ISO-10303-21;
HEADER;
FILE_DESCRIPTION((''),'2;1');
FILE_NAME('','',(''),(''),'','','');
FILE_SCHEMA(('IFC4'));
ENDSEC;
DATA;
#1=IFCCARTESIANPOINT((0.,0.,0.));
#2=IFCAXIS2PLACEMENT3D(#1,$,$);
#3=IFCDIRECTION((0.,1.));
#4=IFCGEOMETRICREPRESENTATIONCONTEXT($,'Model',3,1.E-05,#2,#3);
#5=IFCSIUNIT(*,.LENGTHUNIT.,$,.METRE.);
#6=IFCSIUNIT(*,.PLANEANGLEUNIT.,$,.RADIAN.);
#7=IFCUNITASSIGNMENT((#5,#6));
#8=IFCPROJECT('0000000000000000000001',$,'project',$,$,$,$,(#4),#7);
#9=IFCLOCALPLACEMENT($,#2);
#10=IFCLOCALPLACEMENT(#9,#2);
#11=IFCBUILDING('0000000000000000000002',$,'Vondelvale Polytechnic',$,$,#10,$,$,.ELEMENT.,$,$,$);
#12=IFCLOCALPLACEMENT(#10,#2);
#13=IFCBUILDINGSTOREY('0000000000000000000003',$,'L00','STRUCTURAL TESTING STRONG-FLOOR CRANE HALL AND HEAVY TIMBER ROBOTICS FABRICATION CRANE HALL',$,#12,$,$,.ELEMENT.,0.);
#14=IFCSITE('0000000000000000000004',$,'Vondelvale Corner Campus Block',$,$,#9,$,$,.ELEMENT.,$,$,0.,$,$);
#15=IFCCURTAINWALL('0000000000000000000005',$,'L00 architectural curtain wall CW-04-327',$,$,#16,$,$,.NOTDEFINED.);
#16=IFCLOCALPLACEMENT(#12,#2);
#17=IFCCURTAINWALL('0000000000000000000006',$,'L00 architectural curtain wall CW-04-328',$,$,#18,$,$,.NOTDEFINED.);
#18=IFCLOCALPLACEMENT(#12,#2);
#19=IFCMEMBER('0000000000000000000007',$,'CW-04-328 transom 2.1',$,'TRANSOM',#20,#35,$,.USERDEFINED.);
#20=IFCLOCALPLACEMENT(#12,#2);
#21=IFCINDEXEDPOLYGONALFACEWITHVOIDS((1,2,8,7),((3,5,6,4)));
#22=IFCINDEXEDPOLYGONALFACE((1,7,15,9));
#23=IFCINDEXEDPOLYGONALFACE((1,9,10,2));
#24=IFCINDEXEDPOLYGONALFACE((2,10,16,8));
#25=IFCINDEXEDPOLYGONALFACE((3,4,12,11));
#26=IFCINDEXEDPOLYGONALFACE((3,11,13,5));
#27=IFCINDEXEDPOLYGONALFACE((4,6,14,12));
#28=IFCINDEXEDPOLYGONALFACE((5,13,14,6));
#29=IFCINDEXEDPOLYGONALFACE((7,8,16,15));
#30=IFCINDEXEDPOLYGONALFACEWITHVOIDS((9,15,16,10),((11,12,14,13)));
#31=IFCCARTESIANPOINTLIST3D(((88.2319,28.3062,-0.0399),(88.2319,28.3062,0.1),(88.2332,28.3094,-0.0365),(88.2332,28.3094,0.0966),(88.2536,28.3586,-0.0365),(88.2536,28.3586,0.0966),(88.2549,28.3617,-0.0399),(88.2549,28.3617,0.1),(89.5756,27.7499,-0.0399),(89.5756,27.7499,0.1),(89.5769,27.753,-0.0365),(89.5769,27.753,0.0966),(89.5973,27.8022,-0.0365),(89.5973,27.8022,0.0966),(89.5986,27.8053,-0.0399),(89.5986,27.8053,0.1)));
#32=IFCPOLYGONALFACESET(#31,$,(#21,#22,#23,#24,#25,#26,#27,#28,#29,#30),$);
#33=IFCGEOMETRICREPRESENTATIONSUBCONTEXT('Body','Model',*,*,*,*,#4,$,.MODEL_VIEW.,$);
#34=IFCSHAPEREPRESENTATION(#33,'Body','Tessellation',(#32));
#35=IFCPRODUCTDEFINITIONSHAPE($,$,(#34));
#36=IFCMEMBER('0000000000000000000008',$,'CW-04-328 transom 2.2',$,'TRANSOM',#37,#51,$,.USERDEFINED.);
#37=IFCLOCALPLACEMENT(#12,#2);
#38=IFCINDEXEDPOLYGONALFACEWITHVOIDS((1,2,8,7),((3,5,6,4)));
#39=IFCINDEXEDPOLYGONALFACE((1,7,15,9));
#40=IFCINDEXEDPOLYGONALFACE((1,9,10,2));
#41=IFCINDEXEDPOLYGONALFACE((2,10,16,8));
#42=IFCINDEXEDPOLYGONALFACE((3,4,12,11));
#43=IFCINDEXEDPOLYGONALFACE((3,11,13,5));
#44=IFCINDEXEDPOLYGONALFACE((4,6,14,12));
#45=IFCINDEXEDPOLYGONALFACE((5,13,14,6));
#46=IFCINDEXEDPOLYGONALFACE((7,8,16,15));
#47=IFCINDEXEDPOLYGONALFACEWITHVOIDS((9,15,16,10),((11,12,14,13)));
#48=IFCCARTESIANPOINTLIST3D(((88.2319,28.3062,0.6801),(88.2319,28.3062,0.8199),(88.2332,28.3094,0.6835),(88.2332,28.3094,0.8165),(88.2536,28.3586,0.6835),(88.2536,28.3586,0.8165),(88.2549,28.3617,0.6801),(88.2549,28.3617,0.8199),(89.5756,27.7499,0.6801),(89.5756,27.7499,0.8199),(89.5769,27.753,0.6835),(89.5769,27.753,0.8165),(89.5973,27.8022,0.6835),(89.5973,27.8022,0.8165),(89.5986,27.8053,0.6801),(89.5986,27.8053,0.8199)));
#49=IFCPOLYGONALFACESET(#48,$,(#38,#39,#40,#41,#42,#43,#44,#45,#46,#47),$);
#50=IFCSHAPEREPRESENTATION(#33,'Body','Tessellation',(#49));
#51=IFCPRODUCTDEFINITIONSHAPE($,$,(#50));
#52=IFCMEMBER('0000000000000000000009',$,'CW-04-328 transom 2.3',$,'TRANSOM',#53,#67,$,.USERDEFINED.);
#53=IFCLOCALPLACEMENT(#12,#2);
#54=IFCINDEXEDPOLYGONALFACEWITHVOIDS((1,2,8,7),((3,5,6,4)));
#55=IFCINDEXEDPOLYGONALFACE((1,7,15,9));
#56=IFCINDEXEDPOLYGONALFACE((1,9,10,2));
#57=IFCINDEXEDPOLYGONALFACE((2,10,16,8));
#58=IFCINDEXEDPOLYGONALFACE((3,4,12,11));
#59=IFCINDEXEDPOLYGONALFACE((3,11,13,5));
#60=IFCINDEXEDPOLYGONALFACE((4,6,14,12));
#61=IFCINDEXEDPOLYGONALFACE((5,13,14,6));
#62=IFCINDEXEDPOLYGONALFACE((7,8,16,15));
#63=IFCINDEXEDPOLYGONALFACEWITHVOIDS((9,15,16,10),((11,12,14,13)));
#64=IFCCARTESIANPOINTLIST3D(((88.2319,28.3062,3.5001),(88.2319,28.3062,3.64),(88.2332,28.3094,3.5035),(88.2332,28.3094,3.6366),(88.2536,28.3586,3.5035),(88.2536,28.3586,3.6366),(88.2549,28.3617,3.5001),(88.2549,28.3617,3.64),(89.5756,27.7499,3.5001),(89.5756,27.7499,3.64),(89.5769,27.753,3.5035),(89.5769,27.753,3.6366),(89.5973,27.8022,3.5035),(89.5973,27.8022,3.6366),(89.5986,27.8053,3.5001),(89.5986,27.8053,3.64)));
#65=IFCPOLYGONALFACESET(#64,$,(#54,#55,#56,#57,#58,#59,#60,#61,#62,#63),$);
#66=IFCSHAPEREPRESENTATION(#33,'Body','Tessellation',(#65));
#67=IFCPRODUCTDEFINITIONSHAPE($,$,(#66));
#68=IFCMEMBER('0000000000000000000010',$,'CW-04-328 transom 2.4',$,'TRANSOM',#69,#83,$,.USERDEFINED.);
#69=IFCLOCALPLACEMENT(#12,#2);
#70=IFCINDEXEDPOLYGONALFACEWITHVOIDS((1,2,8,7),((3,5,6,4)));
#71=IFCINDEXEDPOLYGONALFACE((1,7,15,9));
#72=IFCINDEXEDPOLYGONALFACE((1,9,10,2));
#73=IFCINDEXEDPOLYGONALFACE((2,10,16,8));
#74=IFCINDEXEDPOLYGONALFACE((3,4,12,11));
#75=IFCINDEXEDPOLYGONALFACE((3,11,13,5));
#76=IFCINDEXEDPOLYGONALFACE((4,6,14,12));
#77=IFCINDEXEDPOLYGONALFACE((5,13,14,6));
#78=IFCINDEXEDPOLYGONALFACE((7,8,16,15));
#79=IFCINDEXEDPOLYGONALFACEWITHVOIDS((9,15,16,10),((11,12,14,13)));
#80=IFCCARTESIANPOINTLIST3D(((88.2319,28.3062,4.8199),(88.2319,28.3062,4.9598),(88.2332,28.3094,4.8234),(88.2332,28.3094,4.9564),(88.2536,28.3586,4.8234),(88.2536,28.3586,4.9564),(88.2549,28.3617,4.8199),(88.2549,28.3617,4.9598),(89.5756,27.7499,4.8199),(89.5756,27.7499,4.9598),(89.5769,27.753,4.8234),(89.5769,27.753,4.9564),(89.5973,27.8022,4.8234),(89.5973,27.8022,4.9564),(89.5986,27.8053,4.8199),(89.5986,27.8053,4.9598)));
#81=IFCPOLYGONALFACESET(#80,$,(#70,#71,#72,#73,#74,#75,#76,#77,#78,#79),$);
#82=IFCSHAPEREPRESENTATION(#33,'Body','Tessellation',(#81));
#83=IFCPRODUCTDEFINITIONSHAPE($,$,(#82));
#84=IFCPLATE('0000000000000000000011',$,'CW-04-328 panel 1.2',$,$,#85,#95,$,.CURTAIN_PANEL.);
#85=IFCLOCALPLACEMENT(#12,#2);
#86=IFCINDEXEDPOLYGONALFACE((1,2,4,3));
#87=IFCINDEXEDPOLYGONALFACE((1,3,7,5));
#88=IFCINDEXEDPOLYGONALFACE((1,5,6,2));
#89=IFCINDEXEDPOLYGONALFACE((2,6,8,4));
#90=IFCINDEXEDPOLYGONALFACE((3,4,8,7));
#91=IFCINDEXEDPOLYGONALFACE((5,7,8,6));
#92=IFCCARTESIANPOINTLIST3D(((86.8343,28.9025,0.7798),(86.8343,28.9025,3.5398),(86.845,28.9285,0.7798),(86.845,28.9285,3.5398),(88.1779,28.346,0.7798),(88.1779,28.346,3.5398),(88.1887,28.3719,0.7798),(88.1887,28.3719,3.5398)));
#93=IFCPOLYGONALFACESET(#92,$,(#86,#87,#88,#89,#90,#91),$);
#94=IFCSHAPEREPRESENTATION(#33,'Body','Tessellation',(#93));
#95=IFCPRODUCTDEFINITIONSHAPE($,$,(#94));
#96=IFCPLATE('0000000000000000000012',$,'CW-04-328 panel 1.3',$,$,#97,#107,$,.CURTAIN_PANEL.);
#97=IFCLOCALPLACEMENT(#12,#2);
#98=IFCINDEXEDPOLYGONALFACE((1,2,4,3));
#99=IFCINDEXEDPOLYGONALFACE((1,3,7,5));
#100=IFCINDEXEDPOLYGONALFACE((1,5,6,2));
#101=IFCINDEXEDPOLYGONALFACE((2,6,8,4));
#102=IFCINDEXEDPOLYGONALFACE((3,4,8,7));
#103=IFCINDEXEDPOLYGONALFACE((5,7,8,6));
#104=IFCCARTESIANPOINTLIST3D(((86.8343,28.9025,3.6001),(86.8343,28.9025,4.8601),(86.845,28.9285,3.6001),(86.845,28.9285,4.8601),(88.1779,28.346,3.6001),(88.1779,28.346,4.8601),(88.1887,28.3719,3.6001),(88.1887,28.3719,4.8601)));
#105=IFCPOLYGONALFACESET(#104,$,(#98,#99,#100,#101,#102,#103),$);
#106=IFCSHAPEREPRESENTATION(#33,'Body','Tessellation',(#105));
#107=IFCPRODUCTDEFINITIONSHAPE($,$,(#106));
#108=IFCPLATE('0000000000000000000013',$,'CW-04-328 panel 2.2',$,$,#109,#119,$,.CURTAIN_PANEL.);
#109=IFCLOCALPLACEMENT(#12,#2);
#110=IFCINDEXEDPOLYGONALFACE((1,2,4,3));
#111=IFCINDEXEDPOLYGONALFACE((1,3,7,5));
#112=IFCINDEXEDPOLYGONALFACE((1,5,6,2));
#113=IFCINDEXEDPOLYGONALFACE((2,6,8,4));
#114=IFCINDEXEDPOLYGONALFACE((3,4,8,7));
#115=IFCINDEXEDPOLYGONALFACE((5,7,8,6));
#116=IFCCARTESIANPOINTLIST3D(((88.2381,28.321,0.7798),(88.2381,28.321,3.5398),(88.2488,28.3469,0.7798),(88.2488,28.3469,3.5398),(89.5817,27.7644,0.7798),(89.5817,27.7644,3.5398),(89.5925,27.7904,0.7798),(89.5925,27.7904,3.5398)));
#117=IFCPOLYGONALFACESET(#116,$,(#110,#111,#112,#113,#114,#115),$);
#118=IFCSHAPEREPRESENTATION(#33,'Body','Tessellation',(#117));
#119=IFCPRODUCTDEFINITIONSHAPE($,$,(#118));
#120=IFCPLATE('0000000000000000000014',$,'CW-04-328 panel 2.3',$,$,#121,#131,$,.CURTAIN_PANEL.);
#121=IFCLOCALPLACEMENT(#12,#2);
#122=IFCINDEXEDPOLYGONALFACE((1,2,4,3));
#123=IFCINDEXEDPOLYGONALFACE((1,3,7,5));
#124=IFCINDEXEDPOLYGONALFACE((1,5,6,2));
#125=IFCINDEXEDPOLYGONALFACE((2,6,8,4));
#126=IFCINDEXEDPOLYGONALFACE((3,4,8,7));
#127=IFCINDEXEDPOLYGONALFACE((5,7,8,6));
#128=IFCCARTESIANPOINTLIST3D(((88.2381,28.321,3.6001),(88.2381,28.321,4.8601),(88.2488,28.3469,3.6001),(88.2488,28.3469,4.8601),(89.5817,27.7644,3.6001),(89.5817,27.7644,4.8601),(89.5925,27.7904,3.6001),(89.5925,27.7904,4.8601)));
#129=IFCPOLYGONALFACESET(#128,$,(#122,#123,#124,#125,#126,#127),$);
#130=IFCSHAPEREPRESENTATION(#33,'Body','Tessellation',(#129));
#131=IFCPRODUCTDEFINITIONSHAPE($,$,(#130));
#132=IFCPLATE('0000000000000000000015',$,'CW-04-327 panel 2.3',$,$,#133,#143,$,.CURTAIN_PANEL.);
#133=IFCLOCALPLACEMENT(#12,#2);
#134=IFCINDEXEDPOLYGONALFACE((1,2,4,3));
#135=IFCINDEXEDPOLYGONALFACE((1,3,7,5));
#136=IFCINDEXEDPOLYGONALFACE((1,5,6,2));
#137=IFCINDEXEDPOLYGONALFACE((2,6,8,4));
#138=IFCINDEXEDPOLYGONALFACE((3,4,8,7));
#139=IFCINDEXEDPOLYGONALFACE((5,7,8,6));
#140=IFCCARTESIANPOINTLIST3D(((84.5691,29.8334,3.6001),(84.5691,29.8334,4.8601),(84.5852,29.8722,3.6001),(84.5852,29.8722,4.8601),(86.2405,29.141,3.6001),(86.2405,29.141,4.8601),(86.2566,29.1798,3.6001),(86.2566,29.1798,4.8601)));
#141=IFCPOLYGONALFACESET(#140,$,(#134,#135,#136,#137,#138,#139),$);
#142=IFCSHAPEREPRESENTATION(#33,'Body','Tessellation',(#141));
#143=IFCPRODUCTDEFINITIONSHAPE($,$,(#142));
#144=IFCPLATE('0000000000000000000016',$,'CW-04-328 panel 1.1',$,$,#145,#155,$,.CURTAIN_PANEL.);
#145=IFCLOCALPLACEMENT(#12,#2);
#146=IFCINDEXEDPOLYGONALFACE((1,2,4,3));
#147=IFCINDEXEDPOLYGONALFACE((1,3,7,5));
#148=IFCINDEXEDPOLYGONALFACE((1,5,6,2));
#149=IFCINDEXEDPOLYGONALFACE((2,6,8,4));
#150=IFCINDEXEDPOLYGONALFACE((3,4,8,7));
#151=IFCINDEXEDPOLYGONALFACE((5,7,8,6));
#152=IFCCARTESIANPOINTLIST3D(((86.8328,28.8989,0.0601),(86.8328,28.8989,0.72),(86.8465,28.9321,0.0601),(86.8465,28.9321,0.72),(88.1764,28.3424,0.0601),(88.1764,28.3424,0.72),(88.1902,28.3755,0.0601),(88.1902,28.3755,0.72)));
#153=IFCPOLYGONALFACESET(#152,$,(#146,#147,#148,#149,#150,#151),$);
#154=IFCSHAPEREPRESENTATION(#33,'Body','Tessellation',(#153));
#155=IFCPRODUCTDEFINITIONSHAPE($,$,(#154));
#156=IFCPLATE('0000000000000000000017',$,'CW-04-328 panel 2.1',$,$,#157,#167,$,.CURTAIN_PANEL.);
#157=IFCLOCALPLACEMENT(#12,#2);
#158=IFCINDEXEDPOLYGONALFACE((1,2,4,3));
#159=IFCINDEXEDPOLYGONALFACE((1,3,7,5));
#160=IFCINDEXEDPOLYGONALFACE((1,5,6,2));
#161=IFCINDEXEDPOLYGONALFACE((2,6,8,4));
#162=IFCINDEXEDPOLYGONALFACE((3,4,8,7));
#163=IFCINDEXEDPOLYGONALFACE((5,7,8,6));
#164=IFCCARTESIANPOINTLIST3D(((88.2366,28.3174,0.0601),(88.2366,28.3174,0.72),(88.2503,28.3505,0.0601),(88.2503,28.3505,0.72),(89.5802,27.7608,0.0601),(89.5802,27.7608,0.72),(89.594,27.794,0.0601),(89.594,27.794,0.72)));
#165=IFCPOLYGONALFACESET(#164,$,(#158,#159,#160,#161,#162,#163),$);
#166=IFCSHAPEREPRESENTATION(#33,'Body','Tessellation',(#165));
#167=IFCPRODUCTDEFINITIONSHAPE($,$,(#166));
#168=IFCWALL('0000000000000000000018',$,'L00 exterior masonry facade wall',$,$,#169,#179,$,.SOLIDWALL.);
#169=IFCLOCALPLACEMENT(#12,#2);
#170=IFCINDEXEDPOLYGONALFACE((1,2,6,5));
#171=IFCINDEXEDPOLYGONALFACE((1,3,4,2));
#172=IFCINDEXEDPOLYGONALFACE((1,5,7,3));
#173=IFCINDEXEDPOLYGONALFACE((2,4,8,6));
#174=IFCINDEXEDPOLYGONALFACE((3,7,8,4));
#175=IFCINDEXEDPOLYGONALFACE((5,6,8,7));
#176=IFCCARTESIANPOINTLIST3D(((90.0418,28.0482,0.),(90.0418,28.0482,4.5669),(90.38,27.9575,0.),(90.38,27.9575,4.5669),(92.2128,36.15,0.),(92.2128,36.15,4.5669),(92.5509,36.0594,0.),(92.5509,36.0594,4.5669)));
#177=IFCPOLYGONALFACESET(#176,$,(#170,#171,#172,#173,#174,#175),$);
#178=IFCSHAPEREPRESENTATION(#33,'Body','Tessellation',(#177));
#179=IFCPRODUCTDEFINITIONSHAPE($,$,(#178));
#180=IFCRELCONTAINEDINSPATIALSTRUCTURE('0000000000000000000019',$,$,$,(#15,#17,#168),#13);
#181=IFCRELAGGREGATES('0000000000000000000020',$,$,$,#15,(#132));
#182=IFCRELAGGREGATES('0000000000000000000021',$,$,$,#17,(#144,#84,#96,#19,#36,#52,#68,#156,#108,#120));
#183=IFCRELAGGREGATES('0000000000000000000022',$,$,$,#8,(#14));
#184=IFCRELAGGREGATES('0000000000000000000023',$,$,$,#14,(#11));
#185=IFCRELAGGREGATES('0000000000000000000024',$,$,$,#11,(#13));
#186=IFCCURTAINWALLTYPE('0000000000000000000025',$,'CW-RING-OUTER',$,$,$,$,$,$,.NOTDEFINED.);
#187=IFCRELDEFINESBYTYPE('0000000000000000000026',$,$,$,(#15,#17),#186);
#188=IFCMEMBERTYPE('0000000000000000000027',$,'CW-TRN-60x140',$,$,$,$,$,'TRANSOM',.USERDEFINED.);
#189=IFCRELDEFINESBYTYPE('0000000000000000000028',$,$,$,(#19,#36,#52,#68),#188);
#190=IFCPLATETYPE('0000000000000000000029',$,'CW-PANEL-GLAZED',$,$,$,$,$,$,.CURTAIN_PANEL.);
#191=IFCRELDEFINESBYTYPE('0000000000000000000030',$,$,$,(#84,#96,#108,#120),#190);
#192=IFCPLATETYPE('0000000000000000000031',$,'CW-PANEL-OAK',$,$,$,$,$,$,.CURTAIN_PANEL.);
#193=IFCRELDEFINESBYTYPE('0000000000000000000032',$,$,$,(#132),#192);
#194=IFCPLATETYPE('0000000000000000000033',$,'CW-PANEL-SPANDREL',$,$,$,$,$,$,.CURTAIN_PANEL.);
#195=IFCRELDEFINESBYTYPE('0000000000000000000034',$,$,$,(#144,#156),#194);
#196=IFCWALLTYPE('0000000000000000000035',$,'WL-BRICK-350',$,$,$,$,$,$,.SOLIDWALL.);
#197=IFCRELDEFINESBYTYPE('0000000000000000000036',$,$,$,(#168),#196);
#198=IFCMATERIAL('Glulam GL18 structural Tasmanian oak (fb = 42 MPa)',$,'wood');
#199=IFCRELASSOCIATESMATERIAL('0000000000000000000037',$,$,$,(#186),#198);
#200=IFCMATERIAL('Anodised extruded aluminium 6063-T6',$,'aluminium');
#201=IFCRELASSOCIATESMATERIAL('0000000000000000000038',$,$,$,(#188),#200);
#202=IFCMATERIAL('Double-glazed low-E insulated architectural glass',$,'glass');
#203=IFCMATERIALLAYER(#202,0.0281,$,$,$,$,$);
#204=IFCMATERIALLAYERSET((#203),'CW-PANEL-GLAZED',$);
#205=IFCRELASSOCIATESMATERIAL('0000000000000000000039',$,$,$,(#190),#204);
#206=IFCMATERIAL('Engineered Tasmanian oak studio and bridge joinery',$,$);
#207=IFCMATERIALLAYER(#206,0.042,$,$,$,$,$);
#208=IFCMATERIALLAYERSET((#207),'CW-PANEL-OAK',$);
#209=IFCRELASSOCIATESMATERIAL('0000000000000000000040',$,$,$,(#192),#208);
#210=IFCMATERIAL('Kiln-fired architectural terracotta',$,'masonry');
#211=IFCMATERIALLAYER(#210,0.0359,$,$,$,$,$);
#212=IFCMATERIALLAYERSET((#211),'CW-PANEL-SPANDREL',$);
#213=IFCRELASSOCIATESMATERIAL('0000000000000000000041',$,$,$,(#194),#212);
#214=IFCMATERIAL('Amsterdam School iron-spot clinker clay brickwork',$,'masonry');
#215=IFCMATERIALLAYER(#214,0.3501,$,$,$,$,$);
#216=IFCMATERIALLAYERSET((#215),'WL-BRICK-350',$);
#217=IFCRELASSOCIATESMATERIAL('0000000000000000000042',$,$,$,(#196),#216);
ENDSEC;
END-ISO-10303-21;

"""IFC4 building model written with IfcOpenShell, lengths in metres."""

from ifc_helpers import new_model, si_unit, direction, frame, frame_2d, origin, origin_2d, place, context, subcontext, project, spatial, rectangle, hollow_rectangle, extrude, material, layer, layer_set, material_profile, profile_set, type_object, element, aggregate, save


model = new_model("IFC4")

# Units and contexts
model_context = context("Model", 3, precision=1e-05, world=origin(), true_north=direction((0.0, 1.0)))
body_context = subcontext(model_context, "Body", "Model", "MODEL_VIEW")
ifc_project = project(units=[si_unit("LENGTHUNIT", "METRE"), si_unit("PLANEANGLEUNIT", "RADIAN")], contexts=[model_context])

# Site, building, storey
site_placement = place(None, origin())
site = spatial("IfcSite", under=ifc_project, at=site_placement, Name="Vondelvale Corner Campus Block", CompositionType="ELEMENT", RefElevation=0.0)
building_placement = place(site_placement, origin())
building = spatial("IfcBuilding", under=site, at=building_placement, Name="Vondelvale Polytechnic", CompositionType="ELEMENT")
storey_placement = place(building_placement, origin())
storey = spatial("IfcBuildingStorey", under=building, at=storey_placement, Name="L00", Description="STRUCTURAL TESTING STRONG-FLOOR CRANE HALL AND HEAVY TIMBER ROBOTICS FABRICATION CRANE HALL", CompositionType="ELEMENT", Elevation=0.0)

# Shared definitions
ifc_material_1 = material(Name="Glulam GL18 structural Tasmanian oak (fb = 42 MPa)", Category="wood")

# Curtain wall
curtain_wall_type = type_object("IfcCurtainWallType", Name="CW-RING-OUTER", PredefinedType="NOTDEFINED", material=ifc_material_1)
curtain_wall_1_placement = place(storey_placement, origin())
curtain_wall_1 = element("IfcCurtainWall", 1, at=curtain_wall_1_placement, inside=storey, type_object=curtain_wall_type, Name="L00 architectural curtain wall CW-04-327", PredefinedType="NOTDEFINED")
ifc_material_2 = material(Name="Anodised extruded aluminium 6063-T6", Category="aluminium")

# Curtain wall, members, plates
curtain_wall_2_placement = place(storey_placement, origin())
curtain_wall_2 = element("IfcCurtainWall", 2, at=curtain_wall_2_placement, inside=storey, type_object=curtain_wall_type, Name="L00 architectural curtain wall CW-04-328", PredefinedType="NOTDEFINED")
ifc_material_profile_1 = material_profile(ifc_material_2, hollow_rectangle(XDim=0.0601, YDim=0.1399, WallThickness=0.0034, at=origin_2d()), Name="CW-TRN-140x60")
ifc_profile_set_1 = profile_set([ifc_material_profile_1], Name="Anodised extruded aluminium 6063-T6")
member_type_1 = type_object("IfcMemberType", Name="CW-TRN-60x140", ElementType="TRANSOM", PredefinedType="USERDEFINED", material=ifc_profile_set_1)
member_1_placement = place(storey_placement, frame((88.2434, 28.334, 0.03), z_axis=(0.923929, -0.382564, 0.0), x_axis=(0.382564, 0.923929, 0.0)))
member_1 = element("IfcMember", 3, at=member_1_placement, type_object=member_type_1, Name="CW-04-328 transom 2.1", ObjectType="TRANSOM", PredefinedType="USERDEFINED", context=body_context, shape_type="SweptSolid", body=[
    extrude(hollow_rectangle(XDim=0.0601, YDim=0.1399, WallThickness=0.0034, at=origin_2d()), origin(), (0.0, 0.0, 1.0), 1.4543),
])
member_2_placement = place(storey_placement, frame((88.2434, 28.334, 0.75), z_axis=(0.923929, -0.382564, 0.0), x_axis=(0.382564, 0.923929, 0.0)))
member_2 = element("IfcMember", 4, at=member_2_placement, type_object=member_type_1, Name="CW-04-328 transom 2.2", ObjectType="TRANSOM", PredefinedType="USERDEFINED", context=body_context, shape_type="SweptSolid", body=[
    extrude(hollow_rectangle(XDim=0.0601, YDim=0.1399, WallThickness=0.0034, at=origin_2d()), origin(), (0.0, 0.0, 1.0), 1.4543),
])
member_3_placement = place(storey_placement, frame((88.2434, 28.334, 3.5701), z_axis=(0.923929, -0.382564, 0.0), x_axis=(0.382564, 0.923929, 0.0)))
member_3 = element("IfcMember", 5, at=member_3_placement, type_object=member_type_1, Name="CW-04-328 transom 2.3", ObjectType="TRANSOM", PredefinedType="USERDEFINED", context=body_context, shape_type="SweptSolid", body=[
    extrude(hollow_rectangle(XDim=0.0601, YDim=0.1399, WallThickness=0.0034, at=origin_2d()), origin(), (0.0, 0.0, 1.0), 1.4543),
])
member_4_placement = place(storey_placement, frame((88.2434, 28.334, 4.8899), z_axis=(0.923929, -0.382564, 0.0), x_axis=(0.382564, 0.923929, 0.0)))
member_4 = element("IfcMember", 6, at=member_4_placement, type_object=member_type_1, Name="CW-04-328 transom 2.4", ObjectType="TRANSOM", PredefinedType="USERDEFINED", context=body_context, shape_type="SweptSolid", body=[
    extrude(hollow_rectangle(XDim=0.0601, YDim=0.1399, WallThickness=0.0034, at=origin_2d()), origin(), (0.0, 0.0, 1.0), 1.4543),
])
ifc_material_3 = material(Name="Double-glazed low-E insulated architectural glass", Category="glass")
ifc_layer_1 = layer(ifc_material_3, 0.0281)
ifc_layer_set_1 = layer_set([ifc_layer_1], Name="CW-PANEL-GLAZED")
plate_type_1 = type_object("IfcPlateType", Name="CW-PANEL-GLAZED", PredefinedType="CURTAIN_PANEL", material=ifc_layer_set_1)
plate_1_placement = place(storey_placement, frame((87.5115, 28.6372, 0.7798), z_axis=(0.0, 0.0, 1.0), x_axis=(0.923881, -0.382679, 0.0)))
plate_1 = element("IfcPlate", 7, at=plate_1_placement, type_object=plate_type_1, Name="CW-04-328 panel 1.2", PredefinedType="CURTAIN_PANEL", context=body_context, shape_type="SweptSolid", body=[
    extrude(rectangle(XDim=1.4543, YDim=0.0281, at=origin_2d()), origin(), (0.0, 0.0, 1.0), 2.76),
])
plate_2_placement = place(storey_placement, frame((87.5115, 28.6372, 3.6001), z_axis=(0.0, 0.0, 1.0), x_axis=(0.923881, -0.382679, 0.0)))
plate_2 = element("IfcPlate", 8, at=plate_2_placement, type_object=plate_type_1, Name="CW-04-328 panel 1.3", PredefinedType="CURTAIN_PANEL", context=body_context, shape_type="SweptSolid", body=[
    extrude(rectangle(XDim=1.4543, YDim=0.0281, at=origin_2d()), origin(), (0.0, 0.0, 1.0), 1.26),
])
plate_3_placement = place(storey_placement, frame((88.9153, 28.0557, 0.7798), z_axis=(0.0, 0.0, 1.0), x_axis=(0.923881, -0.382679, 0.0)))
plate_3 = element("IfcPlate", 9, at=plate_3_placement, type_object=plate_type_1, Name="CW-04-328 panel 2.2", PredefinedType="CURTAIN_PANEL", context=body_context, shape_type="SweptSolid", body=[
    extrude(rectangle(XDim=1.4543, YDim=0.0281, at=origin_2d()), origin(), (0.0, 0.0, 1.0), 2.76),
])
plate_4_placement = place(storey_placement, frame((88.9153, 28.0557, 3.6001), z_axis=(0.0, 0.0, 1.0), x_axis=(0.923881, -0.382679, 0.0)))
plate_4 = element("IfcPlate", 10, at=plate_4_placement, type_object=plate_type_1, Name="CW-04-328 panel 2.3", PredefinedType="CURTAIN_PANEL", context=body_context, shape_type="SweptSolid", body=[
    extrude(rectangle(XDim=1.4543, YDim=0.0281, at=origin_2d()), origin(), (0.0, 0.0, 1.0), 1.26),
])

# Plates
ifc_material_4 = material(Name="Engineered Tasmanian oak studio and bridge joinery")
ifc_layer_2 = layer(ifc_material_4, 0.042)
ifc_layer_set_2 = layer_set([ifc_layer_2], Name="CW-PANEL-OAK")
plate_type_2 = type_object("IfcPlateType", Name="CW-PANEL-OAK", PredefinedType="CURTAIN_PANEL", material=ifc_layer_set_2)
plate_5_placement = place(storey_placement, frame((85.4128, 29.5066, 3.6001), z_axis=(0.0, 0.0, 1.0), x_axis=(0.923875, -0.382695, 0.0)))
plate_5 = element("IfcPlate", 11, at=plate_5_placement, type_object=plate_type_2, Name="CW-04-327 panel 2.3", PredefinedType="CURTAIN_PANEL", context=body_context, shape_type="SweptSolid", body=[
    extrude(rectangle(XDim=1.8091, YDim=0.042, at=origin_2d()), origin(), (0.0, 0.0, 1.0), 1.26),
])
aggregate(curtain_wall_1, [plate_5])
ifc_material_5 = material(Name="Kiln-fired architectural terracotta", Category="masonry")
ifc_layer_3 = layer(ifc_material_5, 0.0359)
ifc_layer_set_3 = layer_set([ifc_layer_3], Name="CW-PANEL-SPANDREL")
plate_type_3 = type_object("IfcPlateType", Name="CW-PANEL-SPANDREL", PredefinedType="CURTAIN_PANEL", material=ifc_layer_set_3)
plate_6_placement = place(storey_placement, frame((87.5115, 28.6372, 0.0601), z_axis=(0.0, 0.0, 1.0), x_axis=(0.923881, -0.382679, 0.0)))
plate_6 = element("IfcPlate", 12, at=plate_6_placement, type_object=plate_type_3, Name="CW-04-328 panel 1.1", PredefinedType="CURTAIN_PANEL", context=body_context, shape_type="SweptSolid", body=[
    extrude(rectangle(XDim=1.4543, YDim=0.0359, at=origin_2d()), origin(), (0.0, 0.0, 1.0), 0.6599),
])
plate_7_placement = place(storey_placement, frame((88.9153, 28.0557, 0.0601), z_axis=(0.0, 0.0, 1.0), x_axis=(0.923881, -0.382679, 0.0)))
plate_7 = element("IfcPlate", 13, at=plate_7_placement, type_object=plate_type_3, Name="CW-04-328 panel 2.1", PredefinedType="CURTAIN_PANEL", context=body_context, shape_type="SweptSolid", body=[
    extrude(rectangle(XDim=1.4543, YDim=0.0359, at=origin_2d()), origin(), (0.0, 0.0, 1.0), 0.6599),
])
aggregate(curtain_wall_2, [plate_6, plate_1, plate_2, member_1, member_2, member_3, member_4, plate_7, plate_3, plate_4])

# Wall
ifc_material_6 = material(Name="Amsterdam School iron-spot clinker clay brickwork", Category="masonry")
ifc_layer_4 = layer(ifc_material_6, 0.3501)
ifc_layer_set_4 = layer_set([ifc_layer_4], Name="WL-BRICK-350")
wall_type = type_object("IfcWallType", Name="WL-BRICK-350", PredefinedType="SOLIDWALL", material=ifc_layer_set_4)
wall_placement = place(storey_placement, frame((92.3818, 36.1047, 0.0), z_axis=(0.0, 0.0, 1.0), x_axis=(-0.258822, -0.965925, 0.0)))
element("IfcWall", 14, at=wall_placement, inside=storey, type_object=wall_type, Name="L00 exterior masonry facade wall", PredefinedType="SOLIDWALL", context=body_context, shape_type="SweptSolid", body=[
    extrude(rectangle(XDim=8.3877, YDim=0.3501, at=frame_2d((4.1938, 0.0))), origin(), (0.0, 0.0, 1.0), 4.5669),
])

save(model, "model.ifc")
